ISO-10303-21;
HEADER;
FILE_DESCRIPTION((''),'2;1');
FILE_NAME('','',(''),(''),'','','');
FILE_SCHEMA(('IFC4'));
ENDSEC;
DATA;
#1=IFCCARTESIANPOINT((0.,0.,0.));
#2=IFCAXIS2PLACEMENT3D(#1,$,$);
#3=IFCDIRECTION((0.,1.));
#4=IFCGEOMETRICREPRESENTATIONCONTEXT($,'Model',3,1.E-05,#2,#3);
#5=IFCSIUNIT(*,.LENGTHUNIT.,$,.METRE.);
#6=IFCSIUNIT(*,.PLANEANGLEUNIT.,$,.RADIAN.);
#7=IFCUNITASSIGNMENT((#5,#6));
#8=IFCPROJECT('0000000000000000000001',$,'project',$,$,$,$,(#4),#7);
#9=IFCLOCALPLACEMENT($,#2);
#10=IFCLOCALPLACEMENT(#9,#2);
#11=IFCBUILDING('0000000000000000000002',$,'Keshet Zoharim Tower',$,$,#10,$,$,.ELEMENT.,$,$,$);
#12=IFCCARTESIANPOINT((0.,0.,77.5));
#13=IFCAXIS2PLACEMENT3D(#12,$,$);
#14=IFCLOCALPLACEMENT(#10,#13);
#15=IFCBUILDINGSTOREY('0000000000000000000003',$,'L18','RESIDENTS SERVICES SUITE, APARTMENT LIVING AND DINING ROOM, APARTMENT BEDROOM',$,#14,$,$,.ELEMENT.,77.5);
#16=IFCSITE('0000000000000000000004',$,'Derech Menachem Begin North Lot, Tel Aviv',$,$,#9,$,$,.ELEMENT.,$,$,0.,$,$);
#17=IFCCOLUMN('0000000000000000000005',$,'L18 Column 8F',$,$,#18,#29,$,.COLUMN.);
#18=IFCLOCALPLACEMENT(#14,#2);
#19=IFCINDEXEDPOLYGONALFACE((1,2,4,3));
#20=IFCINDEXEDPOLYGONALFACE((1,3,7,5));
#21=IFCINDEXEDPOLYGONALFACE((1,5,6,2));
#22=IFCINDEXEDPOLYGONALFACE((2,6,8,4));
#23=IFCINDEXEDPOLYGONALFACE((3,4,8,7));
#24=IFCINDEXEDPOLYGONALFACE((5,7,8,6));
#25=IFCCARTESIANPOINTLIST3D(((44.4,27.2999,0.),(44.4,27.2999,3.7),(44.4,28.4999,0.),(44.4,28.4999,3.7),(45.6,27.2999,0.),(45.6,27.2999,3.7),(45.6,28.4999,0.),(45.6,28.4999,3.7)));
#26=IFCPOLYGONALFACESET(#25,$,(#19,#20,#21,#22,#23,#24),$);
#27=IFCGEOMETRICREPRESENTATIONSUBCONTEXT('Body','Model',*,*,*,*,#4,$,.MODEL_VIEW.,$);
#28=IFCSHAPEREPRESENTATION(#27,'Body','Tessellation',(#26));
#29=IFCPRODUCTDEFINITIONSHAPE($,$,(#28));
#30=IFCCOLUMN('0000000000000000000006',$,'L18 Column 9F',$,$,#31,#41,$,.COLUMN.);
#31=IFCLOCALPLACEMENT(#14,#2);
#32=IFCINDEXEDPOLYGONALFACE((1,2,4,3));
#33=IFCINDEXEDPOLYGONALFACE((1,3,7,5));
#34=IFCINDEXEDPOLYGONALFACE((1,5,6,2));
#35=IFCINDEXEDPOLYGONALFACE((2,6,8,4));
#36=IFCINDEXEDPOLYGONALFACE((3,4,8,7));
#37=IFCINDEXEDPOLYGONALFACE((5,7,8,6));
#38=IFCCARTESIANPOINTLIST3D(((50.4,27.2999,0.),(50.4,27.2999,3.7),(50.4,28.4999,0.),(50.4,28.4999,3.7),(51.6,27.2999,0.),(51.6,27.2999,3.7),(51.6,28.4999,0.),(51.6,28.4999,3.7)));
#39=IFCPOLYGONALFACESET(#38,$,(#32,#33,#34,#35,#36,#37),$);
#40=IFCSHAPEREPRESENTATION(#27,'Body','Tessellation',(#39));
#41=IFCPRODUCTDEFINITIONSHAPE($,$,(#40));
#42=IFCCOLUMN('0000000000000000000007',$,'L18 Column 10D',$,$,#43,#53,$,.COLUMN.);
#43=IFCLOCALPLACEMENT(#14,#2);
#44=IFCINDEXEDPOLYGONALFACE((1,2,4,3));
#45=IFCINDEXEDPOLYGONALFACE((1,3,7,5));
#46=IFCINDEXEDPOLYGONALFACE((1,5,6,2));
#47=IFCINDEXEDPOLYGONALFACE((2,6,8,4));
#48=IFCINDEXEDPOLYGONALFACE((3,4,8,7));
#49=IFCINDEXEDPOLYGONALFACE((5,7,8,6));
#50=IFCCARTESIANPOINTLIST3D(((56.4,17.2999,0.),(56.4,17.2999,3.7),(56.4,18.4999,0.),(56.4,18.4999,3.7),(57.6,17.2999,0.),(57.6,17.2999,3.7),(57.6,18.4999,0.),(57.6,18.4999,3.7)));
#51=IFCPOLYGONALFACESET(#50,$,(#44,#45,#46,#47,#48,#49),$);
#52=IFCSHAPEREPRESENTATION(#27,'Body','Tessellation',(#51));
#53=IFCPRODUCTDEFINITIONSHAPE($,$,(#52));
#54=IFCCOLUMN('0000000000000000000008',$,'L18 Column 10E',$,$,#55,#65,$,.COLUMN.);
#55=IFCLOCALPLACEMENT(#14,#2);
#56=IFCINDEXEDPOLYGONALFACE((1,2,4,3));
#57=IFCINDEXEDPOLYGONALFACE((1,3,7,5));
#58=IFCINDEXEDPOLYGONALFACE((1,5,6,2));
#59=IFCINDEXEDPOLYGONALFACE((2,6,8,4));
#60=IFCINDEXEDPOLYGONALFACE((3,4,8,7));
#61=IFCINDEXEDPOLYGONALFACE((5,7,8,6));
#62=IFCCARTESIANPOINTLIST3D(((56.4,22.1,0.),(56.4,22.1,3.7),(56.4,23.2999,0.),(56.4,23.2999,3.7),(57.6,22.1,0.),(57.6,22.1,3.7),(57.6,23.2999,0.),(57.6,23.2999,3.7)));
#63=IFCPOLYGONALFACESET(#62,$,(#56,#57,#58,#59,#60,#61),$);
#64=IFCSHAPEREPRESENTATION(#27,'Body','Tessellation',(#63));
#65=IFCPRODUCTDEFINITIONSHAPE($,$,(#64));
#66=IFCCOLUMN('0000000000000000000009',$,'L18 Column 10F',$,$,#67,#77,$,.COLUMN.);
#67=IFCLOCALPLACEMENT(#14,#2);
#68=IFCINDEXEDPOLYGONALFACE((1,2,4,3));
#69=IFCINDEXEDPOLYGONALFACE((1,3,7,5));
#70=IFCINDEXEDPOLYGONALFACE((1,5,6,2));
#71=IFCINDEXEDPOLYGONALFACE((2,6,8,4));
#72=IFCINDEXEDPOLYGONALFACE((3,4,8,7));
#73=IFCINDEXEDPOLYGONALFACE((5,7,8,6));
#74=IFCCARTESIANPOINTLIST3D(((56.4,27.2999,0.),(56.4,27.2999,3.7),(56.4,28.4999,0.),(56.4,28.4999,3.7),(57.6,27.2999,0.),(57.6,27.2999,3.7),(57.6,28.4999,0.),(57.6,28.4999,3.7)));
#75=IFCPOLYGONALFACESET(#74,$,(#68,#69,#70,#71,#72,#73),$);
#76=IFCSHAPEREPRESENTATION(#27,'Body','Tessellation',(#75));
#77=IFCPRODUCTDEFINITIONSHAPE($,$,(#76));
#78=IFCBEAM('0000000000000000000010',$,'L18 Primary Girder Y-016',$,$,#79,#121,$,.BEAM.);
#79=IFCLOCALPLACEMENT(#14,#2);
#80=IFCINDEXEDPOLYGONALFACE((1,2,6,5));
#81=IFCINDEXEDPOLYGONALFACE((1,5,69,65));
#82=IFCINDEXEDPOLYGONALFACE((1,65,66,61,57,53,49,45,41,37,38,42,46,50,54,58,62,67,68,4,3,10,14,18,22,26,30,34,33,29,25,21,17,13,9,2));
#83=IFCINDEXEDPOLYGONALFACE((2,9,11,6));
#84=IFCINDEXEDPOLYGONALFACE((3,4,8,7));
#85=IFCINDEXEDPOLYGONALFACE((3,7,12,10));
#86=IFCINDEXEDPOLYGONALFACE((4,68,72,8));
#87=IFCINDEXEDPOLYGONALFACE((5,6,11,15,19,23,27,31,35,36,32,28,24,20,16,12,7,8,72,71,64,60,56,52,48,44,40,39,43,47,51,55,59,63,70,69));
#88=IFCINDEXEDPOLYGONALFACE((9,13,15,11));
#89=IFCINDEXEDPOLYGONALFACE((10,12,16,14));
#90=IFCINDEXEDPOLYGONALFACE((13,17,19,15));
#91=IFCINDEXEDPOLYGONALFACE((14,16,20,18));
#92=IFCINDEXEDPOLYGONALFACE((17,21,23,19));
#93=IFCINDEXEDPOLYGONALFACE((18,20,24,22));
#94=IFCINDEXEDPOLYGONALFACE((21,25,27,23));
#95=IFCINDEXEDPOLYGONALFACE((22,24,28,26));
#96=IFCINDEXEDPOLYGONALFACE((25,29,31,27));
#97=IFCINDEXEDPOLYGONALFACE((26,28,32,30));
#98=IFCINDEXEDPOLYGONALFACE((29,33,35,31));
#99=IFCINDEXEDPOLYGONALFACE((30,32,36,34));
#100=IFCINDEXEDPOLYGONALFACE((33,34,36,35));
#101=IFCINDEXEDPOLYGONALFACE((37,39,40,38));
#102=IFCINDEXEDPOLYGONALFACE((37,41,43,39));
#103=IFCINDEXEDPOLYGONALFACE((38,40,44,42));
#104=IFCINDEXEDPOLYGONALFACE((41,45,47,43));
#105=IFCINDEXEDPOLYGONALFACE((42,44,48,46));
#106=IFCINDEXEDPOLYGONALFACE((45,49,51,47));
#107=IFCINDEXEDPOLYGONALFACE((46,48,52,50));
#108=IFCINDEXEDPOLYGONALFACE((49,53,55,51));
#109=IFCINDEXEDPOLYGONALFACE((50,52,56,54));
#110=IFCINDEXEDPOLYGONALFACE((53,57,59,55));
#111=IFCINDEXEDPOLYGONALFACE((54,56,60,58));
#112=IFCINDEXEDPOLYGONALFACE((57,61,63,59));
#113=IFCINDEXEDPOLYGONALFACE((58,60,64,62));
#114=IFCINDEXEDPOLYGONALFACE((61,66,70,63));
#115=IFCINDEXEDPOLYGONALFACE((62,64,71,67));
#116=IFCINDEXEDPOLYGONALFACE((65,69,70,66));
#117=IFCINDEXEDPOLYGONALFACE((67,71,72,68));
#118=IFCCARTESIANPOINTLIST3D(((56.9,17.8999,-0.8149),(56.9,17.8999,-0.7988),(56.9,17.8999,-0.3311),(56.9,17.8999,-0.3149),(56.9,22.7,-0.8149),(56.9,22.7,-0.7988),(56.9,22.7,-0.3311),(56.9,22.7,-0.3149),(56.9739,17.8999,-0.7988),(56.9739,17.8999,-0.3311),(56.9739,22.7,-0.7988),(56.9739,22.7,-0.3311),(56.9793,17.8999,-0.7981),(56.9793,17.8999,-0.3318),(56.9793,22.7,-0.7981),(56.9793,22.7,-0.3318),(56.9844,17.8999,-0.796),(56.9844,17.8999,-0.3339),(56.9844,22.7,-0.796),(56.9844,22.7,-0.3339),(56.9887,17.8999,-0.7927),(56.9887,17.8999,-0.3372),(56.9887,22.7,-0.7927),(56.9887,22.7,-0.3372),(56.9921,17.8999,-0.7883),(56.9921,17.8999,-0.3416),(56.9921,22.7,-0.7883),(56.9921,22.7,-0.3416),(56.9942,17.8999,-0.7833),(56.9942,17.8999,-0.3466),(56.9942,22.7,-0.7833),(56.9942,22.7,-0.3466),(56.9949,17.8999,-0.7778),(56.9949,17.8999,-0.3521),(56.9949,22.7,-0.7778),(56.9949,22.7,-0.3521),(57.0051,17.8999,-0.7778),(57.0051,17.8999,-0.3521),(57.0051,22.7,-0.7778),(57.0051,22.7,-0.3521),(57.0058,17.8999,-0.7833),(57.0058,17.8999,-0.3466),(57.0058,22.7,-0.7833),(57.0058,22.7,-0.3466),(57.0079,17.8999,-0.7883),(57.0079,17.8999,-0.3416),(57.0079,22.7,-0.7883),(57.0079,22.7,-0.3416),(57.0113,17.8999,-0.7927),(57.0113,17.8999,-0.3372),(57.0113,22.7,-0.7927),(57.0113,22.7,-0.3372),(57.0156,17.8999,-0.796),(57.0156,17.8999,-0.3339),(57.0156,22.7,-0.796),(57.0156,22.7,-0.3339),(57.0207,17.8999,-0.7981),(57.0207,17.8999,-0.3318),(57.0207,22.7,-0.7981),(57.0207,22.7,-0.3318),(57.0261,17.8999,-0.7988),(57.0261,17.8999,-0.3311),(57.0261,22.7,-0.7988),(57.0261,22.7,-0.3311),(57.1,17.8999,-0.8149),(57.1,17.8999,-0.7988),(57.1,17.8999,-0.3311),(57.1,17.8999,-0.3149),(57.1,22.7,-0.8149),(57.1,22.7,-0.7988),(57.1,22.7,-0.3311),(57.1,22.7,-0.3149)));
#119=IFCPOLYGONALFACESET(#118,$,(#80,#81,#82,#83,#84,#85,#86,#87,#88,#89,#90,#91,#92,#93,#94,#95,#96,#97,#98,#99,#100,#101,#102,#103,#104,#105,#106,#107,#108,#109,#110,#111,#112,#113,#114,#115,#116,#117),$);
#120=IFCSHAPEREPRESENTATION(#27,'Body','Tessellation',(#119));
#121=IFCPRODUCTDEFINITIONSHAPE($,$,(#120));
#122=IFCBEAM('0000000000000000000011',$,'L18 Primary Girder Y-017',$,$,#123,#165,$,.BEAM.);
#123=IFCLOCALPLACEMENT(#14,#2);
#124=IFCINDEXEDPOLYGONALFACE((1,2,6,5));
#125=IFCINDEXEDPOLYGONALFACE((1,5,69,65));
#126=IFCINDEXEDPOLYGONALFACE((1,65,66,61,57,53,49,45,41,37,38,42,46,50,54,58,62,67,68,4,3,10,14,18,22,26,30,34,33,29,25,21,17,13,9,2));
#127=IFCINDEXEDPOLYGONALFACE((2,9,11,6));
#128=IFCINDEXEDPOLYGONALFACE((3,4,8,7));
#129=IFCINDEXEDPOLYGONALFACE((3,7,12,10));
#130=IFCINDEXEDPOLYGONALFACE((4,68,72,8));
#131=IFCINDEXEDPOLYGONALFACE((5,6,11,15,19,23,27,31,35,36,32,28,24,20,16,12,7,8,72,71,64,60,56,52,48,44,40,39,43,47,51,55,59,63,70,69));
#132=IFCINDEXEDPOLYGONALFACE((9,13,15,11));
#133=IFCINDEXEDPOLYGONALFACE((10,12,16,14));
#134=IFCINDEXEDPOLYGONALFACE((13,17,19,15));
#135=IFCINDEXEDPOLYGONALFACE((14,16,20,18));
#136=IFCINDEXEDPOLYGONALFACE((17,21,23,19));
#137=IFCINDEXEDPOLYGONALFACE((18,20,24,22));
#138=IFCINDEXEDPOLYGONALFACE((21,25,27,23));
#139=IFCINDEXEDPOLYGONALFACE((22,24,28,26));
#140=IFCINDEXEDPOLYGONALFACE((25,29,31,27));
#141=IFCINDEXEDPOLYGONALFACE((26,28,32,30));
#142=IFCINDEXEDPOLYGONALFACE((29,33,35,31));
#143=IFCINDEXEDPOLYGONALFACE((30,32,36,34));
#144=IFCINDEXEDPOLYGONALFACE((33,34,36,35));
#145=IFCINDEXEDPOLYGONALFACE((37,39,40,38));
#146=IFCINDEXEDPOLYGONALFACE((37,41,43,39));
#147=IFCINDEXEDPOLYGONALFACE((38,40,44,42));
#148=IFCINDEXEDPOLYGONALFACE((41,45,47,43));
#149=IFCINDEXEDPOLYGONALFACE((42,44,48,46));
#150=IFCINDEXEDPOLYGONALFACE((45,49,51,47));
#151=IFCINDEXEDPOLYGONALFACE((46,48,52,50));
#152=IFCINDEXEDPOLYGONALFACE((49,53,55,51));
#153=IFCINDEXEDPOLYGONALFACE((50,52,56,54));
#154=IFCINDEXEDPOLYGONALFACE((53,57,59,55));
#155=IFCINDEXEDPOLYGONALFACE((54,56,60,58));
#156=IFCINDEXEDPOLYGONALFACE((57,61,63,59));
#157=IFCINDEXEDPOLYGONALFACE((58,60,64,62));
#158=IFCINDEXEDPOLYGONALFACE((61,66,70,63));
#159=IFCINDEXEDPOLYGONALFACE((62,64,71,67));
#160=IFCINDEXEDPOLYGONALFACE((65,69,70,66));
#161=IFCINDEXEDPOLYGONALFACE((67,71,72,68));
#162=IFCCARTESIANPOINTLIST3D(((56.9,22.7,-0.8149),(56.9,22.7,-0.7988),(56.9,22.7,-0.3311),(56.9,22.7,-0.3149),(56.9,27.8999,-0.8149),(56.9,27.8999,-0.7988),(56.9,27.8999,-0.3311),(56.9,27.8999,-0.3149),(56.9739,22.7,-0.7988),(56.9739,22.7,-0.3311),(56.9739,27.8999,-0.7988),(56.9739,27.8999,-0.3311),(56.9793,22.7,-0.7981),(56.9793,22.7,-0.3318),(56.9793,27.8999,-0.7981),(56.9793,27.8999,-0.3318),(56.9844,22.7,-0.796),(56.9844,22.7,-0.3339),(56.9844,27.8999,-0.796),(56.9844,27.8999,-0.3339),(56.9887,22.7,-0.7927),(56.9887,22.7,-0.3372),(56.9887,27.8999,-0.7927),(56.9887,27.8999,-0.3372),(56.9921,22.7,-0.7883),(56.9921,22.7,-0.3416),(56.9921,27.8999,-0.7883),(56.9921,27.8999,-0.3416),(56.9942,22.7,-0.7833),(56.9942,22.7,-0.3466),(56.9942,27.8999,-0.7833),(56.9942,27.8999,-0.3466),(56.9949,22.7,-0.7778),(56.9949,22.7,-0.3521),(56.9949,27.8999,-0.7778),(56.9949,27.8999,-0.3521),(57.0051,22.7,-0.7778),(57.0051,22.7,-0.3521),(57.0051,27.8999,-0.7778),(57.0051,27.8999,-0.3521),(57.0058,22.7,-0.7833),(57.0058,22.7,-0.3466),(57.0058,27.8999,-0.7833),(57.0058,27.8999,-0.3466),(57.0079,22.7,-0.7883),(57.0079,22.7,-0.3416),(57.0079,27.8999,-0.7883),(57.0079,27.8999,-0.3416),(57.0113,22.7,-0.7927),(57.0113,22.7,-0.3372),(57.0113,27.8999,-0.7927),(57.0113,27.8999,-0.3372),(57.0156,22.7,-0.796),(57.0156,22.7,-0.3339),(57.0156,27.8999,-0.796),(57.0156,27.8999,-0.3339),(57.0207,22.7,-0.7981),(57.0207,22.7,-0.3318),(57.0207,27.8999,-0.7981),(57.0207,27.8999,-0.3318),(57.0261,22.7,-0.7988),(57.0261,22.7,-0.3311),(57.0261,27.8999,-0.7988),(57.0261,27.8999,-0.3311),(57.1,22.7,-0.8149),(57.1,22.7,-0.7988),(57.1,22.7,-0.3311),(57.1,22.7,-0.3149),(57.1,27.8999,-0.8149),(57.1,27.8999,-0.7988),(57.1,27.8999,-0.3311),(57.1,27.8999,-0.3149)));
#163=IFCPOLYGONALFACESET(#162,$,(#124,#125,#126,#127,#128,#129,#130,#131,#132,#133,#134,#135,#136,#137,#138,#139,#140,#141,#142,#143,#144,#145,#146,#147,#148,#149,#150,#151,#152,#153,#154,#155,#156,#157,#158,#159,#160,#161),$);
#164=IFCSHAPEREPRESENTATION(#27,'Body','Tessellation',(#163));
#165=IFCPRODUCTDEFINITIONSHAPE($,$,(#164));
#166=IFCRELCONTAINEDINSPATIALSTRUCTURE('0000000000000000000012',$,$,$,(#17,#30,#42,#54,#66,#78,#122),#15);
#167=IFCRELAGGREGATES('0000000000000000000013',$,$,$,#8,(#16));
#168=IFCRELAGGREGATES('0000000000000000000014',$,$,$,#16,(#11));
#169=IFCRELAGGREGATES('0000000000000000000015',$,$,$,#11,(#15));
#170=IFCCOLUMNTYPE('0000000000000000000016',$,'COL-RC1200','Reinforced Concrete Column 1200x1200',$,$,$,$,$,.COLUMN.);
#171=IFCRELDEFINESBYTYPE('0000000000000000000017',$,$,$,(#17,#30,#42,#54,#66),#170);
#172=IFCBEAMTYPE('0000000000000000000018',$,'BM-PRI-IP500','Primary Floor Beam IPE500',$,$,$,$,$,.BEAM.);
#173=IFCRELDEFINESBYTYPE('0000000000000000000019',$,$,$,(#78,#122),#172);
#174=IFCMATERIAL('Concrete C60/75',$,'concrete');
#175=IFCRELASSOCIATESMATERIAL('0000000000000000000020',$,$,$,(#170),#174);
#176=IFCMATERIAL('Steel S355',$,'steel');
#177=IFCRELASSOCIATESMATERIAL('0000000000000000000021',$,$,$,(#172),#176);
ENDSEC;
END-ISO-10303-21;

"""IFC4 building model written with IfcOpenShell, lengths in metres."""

from ifc_helpers import new_model, si_unit, direction, frame, origin, origin_2d, place, context, subcontext, project, spatial, rectangle, i_section, extrude, material, material_profile, profile_set, type_object, element, save


model = new_model("IFC4")

# Units and contexts
model_context = context("Model", 3, precision=1e-05, world=origin(), true_north=direction((0.0, 1.0)))
body_context = subcontext(model_context, "Body", "Model", "MODEL_VIEW")
ifc_project = project(units=[si_unit("LENGTHUNIT", "METRE"), si_unit("PLANEANGLEUNIT", "RADIAN")], contexts=[model_context])

# Site, building, storey
site_placement = place(None, origin())
site = spatial("IfcSite", under=ifc_project, at=site_placement, Name="Derech Menachem Begin North Lot, Tel Aviv", CompositionType="ELEMENT", RefElevation=0.0)
building_placement = place(site_placement, origin())
building = spatial("IfcBuilding", under=site, at=building_placement, Name="Keshet Zoharim Tower", CompositionType="ELEMENT")
storey_placement = place(building_placement, frame((0.0, 0.0, 77.5)))
storey = spatial("IfcBuildingStorey", under=building, at=storey_placement, Name="L18", Description="RESIDENTS SERVICES SUITE, APARTMENT LIVING AND DINING ROOM, APARTMENT BEDROOM", CompositionType="ELEMENT", Elevation=77.5)

# Columns
ifc_material_1 = material(Name="Concrete C60/75", Category="concrete")
ifc_material_profile_1 = material_profile(ifc_material_1, rectangle(XDim=1.2, YDim=1.2, at=origin_2d()), Name="RC1200x1200")
ifc_profile_set_1 = profile_set([ifc_material_profile_1], Name="Concrete C60/75")
column_type = type_object("IfcColumnType", Name="COL-RC1200", Description="Reinforced Concrete Column 1200x1200", PredefinedType="COLUMN", material=ifc_profile_set_1)
for number, where, z_axis, x_axis, name in (
    (1, (45.0, 27.8999, 0.0), (0.0, 0.0, 1.0), (1.0, 0.0, 0.0), "L18 Column 8F"),
    (2, (51.0, 27.8999, 0.0), (0.0, 0.0, 1.0), (1.0, 0.0, 0.0), "L18 Column 9F"),
    (3, (57.0, 17.8999, 0.0), (0.0, 0.0, 1.0), (1.0, 0.0, 0.0), "L18 Column 10D"),
    (4, (57.0, 22.7, 0.0), (0.0, 0.0, 1.0), (1.0, 0.0, 0.0), "L18 Column 10E"),
    (5, (57.0, 27.8999, 0.0), (0.0, 0.0, 1.0), (1.0, 0.0, 0.0), "L18 Column 10F"),
):
    element("IfcColumn", number, at=place(storey_placement, frame(where, z_axis=z_axis, x_axis=x_axis)), inside=storey, type_object=column_type, Name=name, PredefinedType="COLUMN", context=body_context, shape_type="SweptSolid", body=[
        extrude(rectangle(XDim=1.2, YDim=1.2, at=origin_2d()), origin(), (0.0, 0.0, 1.0), 3.7),
    ])

# Beams
ifc_material_2 = material(Name="Steel S355", Category="steel")
ifc_material_profile_2 = material_profile(ifc_material_2, i_section(OverallWidth=0.2, OverallDepth=0.5, WebThickness=0.0103, FlangeThickness=0.0161, FilletRadius=0.021, at=origin_2d()), Name="IPE500")
ifc_profile_set_2 = profile_set([ifc_material_profile_2], Name="Steel S355")
beam_type_1 = type_object("IfcBeamType", Name="BM-PRI-IP500", Description="Primary Floor Beam IPE500", PredefinedType="BEAM", material=ifc_profile_set_2)
beam_1_placement = place(storey_placement, frame((57.0, 17.8999, -0.5649), z_axis=(0.0, 1.0, 0.0), x_axis=(-1.0, 0.0, 0.0)))
element("IfcBeam", 6, at=beam_1_placement, inside=storey, type_object=beam_type_1, Name="L18 Primary Girder Y-016", PredefinedType="BEAM", context=body_context, shape_type="SweptSolid", body=[
    extrude(i_section(OverallWidth=0.2, OverallDepth=0.5, WebThickness=0.0103, FlangeThickness=0.0161, FilletRadius=0.021, at=origin_2d()), origin(), (0.0, 0.0, 1.0), 4.8),
])
beam_2_placement = place(storey_placement, frame((57.0, 22.7, -0.5649), z_axis=(0.0, 1.0, 0.0), x_axis=(-1.0, 0.0, 0.0)))
element("IfcBeam", 7, at=beam_2_placement, inside=storey, type_object=beam_type_1, Name="L18 Primary Girder Y-017", PredefinedType="BEAM", context=body_context, shape_type="SweptSolid", body=[
    extrude(i_section(OverallWidth=0.2, OverallDepth=0.5, WebThickness=0.0103, FlangeThickness=0.0161, FilletRadius=0.021, at=origin_2d()), origin(), (0.0, 0.0, 1.0), 5.2),
])

save(model, "model.ifc")
